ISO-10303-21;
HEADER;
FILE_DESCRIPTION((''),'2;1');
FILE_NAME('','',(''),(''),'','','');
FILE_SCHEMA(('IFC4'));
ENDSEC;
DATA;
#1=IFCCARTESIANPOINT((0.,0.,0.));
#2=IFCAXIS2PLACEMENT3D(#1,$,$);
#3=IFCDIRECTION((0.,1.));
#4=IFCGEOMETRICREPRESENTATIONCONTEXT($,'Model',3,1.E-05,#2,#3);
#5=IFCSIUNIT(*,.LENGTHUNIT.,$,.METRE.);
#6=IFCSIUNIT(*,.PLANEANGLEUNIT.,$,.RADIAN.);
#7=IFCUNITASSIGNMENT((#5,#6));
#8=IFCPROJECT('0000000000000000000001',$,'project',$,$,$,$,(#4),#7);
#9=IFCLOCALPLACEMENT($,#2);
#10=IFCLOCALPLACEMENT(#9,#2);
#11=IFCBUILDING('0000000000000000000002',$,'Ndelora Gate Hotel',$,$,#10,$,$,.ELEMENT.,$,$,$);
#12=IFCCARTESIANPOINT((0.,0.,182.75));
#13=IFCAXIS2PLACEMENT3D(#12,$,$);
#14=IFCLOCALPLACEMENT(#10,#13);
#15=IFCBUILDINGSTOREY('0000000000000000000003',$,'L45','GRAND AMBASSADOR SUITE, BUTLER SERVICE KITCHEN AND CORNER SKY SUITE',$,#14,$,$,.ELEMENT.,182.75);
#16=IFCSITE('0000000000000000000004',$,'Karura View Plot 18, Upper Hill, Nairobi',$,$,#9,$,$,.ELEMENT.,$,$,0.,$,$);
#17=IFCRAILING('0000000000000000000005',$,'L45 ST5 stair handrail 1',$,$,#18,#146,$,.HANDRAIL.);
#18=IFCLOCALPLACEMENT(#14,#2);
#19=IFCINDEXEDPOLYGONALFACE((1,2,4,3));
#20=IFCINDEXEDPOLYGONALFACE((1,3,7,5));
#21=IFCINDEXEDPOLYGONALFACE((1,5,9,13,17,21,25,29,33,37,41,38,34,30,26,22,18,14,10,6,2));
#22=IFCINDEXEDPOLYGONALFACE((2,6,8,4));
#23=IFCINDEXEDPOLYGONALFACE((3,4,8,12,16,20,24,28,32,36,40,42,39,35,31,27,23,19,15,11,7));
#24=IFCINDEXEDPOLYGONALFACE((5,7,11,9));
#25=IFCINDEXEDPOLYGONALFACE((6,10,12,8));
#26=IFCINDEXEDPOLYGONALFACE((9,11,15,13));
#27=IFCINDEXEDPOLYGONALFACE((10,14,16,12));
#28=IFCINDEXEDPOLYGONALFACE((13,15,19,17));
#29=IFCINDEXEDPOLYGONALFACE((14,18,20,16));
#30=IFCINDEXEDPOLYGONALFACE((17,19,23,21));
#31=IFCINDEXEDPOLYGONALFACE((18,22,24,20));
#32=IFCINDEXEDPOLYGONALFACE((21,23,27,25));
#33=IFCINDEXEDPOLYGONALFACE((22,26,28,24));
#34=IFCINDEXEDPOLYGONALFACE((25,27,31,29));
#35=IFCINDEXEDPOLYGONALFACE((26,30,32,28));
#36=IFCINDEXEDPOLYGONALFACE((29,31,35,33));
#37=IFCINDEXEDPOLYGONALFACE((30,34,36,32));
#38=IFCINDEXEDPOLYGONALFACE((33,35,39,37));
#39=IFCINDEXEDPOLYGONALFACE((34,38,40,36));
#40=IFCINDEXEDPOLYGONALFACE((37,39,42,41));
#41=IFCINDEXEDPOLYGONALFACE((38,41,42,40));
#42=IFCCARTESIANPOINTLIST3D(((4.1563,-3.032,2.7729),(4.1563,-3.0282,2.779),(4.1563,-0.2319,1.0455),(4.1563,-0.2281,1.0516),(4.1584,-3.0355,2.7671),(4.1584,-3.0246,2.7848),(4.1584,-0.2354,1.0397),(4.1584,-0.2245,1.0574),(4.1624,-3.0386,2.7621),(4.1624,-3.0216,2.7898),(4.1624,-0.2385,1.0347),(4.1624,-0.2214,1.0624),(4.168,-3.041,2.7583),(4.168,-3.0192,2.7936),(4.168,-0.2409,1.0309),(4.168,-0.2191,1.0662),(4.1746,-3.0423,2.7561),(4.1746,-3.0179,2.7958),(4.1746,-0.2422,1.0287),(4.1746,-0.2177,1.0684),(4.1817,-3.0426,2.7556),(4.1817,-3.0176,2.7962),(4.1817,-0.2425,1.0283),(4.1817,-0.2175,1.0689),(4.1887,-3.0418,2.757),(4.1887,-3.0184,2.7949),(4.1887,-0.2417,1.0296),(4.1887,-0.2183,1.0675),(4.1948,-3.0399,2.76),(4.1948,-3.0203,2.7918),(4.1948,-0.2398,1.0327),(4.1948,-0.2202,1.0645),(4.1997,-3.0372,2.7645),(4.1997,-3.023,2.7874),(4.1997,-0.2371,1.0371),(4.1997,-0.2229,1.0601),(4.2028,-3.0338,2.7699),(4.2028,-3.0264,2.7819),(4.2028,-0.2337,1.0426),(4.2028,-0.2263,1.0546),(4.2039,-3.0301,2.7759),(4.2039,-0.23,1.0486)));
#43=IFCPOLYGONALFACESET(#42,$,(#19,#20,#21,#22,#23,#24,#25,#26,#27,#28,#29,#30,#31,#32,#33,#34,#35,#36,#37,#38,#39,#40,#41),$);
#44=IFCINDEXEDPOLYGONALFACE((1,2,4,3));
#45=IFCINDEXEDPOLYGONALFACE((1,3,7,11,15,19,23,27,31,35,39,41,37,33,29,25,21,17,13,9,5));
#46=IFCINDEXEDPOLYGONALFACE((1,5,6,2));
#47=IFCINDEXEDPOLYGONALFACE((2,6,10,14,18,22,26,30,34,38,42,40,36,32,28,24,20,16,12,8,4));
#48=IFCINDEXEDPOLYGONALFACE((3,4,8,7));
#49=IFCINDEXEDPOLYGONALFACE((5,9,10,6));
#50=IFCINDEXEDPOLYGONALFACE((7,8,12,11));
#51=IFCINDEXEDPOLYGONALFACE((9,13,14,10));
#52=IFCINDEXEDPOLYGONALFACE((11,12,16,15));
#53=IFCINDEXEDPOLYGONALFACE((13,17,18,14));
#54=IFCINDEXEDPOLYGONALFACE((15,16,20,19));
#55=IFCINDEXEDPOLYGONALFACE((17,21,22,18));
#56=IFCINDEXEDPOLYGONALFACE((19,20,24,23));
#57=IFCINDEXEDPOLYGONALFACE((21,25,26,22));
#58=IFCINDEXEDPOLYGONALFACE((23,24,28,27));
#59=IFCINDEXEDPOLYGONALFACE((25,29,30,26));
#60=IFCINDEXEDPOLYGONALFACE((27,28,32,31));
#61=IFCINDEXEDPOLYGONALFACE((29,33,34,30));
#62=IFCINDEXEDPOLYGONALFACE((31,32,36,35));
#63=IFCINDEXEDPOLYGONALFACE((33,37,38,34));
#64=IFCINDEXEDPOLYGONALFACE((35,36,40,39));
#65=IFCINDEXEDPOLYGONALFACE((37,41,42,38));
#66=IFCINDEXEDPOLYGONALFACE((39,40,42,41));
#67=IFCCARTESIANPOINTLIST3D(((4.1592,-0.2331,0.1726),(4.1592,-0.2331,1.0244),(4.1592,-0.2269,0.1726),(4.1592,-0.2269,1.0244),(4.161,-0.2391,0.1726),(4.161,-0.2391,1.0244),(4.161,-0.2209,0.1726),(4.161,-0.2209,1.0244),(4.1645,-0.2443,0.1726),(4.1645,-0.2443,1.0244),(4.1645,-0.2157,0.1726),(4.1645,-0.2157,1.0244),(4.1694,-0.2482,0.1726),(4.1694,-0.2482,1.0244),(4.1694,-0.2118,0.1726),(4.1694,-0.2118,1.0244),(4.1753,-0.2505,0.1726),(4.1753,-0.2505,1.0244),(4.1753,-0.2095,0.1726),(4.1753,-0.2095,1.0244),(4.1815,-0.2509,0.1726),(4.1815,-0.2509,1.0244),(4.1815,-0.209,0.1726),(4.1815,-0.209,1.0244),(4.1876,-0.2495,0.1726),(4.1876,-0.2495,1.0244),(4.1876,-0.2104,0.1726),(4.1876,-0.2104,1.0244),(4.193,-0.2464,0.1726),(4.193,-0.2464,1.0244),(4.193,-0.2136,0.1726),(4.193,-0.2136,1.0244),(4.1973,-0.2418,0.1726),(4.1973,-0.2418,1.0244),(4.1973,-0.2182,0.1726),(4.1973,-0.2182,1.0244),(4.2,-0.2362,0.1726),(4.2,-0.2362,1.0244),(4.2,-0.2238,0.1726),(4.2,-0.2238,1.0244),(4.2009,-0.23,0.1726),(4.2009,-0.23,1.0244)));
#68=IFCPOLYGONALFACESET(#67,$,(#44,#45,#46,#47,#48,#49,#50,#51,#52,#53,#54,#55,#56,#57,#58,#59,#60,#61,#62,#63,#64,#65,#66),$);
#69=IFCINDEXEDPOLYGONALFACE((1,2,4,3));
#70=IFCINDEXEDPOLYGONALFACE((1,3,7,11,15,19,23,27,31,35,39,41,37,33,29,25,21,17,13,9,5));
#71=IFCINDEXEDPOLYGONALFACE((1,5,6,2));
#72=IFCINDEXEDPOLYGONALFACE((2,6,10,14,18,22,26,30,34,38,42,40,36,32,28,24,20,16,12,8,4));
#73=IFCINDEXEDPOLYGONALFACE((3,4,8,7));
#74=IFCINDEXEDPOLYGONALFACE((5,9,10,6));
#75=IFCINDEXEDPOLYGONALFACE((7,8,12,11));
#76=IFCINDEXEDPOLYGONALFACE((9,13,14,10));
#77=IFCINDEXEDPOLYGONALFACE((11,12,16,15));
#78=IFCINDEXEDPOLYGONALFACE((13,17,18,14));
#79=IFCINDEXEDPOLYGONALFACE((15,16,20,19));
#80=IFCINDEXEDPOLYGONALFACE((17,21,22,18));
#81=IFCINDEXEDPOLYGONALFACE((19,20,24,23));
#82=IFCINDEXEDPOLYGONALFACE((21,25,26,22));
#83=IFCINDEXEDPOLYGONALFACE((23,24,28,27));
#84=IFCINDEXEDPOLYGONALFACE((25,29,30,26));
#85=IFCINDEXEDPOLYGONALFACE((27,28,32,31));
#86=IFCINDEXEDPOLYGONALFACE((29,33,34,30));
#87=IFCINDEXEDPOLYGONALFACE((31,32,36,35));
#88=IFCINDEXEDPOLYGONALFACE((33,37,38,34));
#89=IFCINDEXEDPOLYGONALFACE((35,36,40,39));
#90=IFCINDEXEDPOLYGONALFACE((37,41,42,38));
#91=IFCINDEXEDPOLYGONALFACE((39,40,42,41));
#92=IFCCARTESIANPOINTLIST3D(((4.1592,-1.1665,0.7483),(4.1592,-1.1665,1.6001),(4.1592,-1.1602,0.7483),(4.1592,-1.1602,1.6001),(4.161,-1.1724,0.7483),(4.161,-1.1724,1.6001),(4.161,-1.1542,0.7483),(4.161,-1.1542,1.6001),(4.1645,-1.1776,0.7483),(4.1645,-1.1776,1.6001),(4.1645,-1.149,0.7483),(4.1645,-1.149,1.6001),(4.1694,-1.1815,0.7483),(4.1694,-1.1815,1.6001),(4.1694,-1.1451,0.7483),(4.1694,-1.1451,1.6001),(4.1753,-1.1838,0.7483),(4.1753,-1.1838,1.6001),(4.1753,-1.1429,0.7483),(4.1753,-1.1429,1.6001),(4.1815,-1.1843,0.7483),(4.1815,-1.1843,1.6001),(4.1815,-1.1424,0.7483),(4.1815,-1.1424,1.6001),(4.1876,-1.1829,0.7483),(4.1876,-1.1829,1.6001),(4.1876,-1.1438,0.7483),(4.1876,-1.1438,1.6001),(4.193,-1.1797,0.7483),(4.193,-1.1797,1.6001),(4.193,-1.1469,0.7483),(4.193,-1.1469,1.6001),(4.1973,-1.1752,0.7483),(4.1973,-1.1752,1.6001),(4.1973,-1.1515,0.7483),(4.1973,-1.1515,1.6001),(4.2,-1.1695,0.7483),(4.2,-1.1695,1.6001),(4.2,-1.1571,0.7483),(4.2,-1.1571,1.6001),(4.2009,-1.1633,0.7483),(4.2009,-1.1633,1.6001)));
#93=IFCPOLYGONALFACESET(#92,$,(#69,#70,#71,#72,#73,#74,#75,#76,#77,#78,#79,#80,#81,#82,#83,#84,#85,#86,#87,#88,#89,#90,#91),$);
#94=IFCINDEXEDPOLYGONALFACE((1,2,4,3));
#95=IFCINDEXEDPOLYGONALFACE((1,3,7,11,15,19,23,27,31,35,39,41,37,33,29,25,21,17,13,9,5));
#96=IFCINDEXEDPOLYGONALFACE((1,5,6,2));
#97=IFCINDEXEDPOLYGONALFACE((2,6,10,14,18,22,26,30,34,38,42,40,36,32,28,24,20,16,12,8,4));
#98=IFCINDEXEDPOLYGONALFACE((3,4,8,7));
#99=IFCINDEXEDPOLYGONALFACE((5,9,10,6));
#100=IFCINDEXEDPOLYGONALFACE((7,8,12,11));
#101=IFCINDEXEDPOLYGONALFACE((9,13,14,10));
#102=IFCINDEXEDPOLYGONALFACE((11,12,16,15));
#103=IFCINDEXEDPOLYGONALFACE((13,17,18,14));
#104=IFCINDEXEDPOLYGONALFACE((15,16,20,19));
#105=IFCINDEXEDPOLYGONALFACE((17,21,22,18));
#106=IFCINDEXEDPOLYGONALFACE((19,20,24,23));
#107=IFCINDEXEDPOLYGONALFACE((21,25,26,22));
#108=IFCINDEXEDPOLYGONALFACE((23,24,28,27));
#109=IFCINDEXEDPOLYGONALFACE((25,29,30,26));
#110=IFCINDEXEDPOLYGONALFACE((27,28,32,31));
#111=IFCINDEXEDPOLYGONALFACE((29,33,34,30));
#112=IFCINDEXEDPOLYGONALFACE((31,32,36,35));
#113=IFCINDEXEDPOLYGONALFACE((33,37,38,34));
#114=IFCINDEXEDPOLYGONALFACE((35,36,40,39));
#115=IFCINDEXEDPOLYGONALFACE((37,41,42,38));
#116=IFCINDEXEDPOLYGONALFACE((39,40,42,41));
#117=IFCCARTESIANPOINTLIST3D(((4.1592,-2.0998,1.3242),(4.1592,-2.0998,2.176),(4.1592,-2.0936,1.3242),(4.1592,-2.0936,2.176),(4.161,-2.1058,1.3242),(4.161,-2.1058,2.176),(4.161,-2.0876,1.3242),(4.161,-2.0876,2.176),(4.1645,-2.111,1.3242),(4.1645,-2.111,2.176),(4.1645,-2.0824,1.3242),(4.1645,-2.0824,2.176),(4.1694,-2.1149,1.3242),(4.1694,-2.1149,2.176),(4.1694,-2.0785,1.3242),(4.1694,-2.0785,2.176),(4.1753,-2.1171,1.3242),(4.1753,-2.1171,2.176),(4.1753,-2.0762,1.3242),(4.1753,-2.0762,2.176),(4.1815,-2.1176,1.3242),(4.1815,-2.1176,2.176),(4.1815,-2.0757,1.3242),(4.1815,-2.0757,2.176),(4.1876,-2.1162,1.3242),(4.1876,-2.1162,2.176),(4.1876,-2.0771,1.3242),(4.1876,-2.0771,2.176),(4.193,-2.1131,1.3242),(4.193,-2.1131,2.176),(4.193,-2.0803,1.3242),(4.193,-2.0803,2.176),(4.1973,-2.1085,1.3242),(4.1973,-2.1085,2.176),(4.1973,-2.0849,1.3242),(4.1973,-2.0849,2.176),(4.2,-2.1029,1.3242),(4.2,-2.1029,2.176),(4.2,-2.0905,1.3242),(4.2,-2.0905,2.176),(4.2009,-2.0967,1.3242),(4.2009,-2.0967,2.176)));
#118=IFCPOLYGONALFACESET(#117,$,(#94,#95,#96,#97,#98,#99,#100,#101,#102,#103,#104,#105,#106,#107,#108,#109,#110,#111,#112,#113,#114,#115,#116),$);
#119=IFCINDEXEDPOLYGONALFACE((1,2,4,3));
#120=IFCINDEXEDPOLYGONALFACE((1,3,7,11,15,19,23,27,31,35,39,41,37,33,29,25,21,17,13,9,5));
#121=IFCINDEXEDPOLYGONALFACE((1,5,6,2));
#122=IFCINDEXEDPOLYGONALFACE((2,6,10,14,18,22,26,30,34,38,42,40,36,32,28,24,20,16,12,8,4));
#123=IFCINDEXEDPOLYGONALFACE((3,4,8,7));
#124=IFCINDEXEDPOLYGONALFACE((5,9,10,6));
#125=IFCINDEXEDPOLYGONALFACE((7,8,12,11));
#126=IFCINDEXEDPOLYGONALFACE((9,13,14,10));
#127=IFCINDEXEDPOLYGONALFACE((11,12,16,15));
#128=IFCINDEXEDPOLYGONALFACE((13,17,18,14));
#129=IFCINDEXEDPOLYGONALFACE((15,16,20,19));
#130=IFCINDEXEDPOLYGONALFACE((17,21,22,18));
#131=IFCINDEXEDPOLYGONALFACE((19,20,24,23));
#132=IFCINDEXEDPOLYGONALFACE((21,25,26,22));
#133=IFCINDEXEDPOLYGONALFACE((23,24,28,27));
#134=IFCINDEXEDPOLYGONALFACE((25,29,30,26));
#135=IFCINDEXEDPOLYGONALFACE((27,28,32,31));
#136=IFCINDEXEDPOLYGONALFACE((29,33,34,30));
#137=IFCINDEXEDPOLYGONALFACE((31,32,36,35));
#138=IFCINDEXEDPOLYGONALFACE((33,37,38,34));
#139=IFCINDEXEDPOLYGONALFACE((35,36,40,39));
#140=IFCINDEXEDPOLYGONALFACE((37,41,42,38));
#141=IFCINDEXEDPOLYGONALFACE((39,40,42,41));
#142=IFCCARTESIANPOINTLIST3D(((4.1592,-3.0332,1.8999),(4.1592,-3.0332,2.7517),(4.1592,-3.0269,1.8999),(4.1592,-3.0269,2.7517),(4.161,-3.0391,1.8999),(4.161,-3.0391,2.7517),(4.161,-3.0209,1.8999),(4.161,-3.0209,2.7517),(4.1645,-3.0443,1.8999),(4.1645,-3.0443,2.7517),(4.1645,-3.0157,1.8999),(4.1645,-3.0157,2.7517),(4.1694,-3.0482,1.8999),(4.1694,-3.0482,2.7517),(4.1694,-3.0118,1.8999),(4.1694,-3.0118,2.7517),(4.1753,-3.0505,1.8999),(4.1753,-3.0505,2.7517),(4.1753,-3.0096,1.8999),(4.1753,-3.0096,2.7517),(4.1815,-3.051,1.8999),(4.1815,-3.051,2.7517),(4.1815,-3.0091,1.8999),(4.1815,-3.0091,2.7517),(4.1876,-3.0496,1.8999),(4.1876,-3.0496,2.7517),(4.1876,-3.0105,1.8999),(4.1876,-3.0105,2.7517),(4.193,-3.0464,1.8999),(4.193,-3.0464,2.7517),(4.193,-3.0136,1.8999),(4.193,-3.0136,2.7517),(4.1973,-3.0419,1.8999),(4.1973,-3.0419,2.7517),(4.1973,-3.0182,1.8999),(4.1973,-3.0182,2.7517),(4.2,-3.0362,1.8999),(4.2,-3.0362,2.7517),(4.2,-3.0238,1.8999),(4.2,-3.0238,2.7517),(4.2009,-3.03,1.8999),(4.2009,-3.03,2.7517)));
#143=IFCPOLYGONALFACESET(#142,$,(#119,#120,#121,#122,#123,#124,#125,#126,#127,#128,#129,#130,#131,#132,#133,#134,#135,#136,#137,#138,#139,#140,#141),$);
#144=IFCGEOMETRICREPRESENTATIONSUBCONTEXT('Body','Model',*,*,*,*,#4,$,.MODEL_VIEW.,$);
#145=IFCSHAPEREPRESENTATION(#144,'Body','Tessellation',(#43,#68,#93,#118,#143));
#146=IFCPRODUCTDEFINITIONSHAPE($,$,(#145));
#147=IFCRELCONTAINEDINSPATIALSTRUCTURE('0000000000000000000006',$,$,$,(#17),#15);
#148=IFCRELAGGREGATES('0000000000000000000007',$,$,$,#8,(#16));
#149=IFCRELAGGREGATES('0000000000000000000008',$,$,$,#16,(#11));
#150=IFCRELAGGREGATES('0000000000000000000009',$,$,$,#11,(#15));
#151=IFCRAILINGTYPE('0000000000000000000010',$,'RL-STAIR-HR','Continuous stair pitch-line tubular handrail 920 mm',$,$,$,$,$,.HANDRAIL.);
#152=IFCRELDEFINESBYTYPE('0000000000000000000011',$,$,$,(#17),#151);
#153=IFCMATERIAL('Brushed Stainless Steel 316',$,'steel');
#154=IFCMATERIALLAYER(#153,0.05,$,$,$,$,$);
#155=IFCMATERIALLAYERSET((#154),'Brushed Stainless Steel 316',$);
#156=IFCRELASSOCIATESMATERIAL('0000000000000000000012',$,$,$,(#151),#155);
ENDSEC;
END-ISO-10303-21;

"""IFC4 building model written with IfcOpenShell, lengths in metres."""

from ifc_helpers import new_model, si_unit, direction, frame, origin, origin_2d, place, context, subcontext, project, spatial, circle, extrude, material, layer, layer_set, type_object, element, save


model = new_model("IFC4")

# Units and contexts
model_context = context("Model", 3, precision=1e-05, world=origin(), true_north=direction((0.0, 1.0)))
body_context = subcontext(model_context, "Body", "Model", "MODEL_VIEW")
ifc_project = project(units=[si_unit("LENGTHUNIT", "METRE"), si_unit("PLANEANGLEUNIT", "RADIAN")], contexts=[model_context])

# Site, building, storey
site_placement = place(None, origin())
site = spatial("IfcSite", under=ifc_project, at=site_placement, Name="Karura View Plot 18, Upper Hill, Nairobi", CompositionType="ELEMENT", RefElevation=0.0)
building_placement = place(site_placement, origin())
building = spatial("IfcBuilding", under=site, at=building_placement, Name="Ndelora Gate Hotel", CompositionType="ELEMENT")
storey_placement = place(building_placement, frame((0.0, 0.0, 182.75)))
storey = spatial("IfcBuildingStorey", under=building, at=storey_placement, Name="L45", Description="GRAND AMBASSADOR SUITE, BUTLER SERVICE KITCHEN AND CORNER SKY SUITE", CompositionType="ELEMENT", Elevation=182.75)

# Railing
ifc_material_1 = material(Name="Brushed Stainless Steel 316", Category="steel")
ifc_layer_1 = layer(ifc_material_1, 0.05)
ifc_layer_set_1 = layer_set([ifc_layer_1], Name="Brushed Stainless Steel 316")
railing_type_1 = type_object("IfcRailingType", Name="RL-STAIR-HR", Description="Continuous stair pitch-line tubular handrail 920 mm", PredefinedType="HANDRAIL", material=ifc_layer_set_1)
railing_1_placement = place(storey_placement, frame((4.1799, -0.23, 0.1726)))
element("IfcRailing", 1, at=railing_1_placement, inside=storey, type_object=railing_type_1, Name="L45 ST5 stair handrail 1", PredefinedType="HANDRAIL", context=body_context, shape_type="SweptSolid", body=[
    extrude(circle(Radius=0.0239, at=origin_2d()), frame((0.0, 0.0, 0.876), z_axis=(0.0, -0.85109, 0.52502), x_axis=(1.0, 0.0, 0.0)), (0.0, 0.0, 1.0), 3.29),
    extrude(circle(Radius=0.021, at=origin_2d()), origin(), (0.0, 0.0, 1.0), 0.8518),
    extrude(circle(Radius=0.021, at=origin_2d()), frame((0.0, -0.9333, 0.5757)), (0.0, 0.0, 1.0), 0.8518),
    extrude(circle(Radius=0.021, at=origin_2d()), frame((0.0, -1.8667, 1.1516)), (0.0, 0.0, 1.0), 0.8518),
    extrude(circle(Radius=0.021, at=origin_2d()), frame((0.0, -2.8, 1.7273)), (0.0, 0.0, 1.0), 0.8518),
])

save(model, "model.ifc")
